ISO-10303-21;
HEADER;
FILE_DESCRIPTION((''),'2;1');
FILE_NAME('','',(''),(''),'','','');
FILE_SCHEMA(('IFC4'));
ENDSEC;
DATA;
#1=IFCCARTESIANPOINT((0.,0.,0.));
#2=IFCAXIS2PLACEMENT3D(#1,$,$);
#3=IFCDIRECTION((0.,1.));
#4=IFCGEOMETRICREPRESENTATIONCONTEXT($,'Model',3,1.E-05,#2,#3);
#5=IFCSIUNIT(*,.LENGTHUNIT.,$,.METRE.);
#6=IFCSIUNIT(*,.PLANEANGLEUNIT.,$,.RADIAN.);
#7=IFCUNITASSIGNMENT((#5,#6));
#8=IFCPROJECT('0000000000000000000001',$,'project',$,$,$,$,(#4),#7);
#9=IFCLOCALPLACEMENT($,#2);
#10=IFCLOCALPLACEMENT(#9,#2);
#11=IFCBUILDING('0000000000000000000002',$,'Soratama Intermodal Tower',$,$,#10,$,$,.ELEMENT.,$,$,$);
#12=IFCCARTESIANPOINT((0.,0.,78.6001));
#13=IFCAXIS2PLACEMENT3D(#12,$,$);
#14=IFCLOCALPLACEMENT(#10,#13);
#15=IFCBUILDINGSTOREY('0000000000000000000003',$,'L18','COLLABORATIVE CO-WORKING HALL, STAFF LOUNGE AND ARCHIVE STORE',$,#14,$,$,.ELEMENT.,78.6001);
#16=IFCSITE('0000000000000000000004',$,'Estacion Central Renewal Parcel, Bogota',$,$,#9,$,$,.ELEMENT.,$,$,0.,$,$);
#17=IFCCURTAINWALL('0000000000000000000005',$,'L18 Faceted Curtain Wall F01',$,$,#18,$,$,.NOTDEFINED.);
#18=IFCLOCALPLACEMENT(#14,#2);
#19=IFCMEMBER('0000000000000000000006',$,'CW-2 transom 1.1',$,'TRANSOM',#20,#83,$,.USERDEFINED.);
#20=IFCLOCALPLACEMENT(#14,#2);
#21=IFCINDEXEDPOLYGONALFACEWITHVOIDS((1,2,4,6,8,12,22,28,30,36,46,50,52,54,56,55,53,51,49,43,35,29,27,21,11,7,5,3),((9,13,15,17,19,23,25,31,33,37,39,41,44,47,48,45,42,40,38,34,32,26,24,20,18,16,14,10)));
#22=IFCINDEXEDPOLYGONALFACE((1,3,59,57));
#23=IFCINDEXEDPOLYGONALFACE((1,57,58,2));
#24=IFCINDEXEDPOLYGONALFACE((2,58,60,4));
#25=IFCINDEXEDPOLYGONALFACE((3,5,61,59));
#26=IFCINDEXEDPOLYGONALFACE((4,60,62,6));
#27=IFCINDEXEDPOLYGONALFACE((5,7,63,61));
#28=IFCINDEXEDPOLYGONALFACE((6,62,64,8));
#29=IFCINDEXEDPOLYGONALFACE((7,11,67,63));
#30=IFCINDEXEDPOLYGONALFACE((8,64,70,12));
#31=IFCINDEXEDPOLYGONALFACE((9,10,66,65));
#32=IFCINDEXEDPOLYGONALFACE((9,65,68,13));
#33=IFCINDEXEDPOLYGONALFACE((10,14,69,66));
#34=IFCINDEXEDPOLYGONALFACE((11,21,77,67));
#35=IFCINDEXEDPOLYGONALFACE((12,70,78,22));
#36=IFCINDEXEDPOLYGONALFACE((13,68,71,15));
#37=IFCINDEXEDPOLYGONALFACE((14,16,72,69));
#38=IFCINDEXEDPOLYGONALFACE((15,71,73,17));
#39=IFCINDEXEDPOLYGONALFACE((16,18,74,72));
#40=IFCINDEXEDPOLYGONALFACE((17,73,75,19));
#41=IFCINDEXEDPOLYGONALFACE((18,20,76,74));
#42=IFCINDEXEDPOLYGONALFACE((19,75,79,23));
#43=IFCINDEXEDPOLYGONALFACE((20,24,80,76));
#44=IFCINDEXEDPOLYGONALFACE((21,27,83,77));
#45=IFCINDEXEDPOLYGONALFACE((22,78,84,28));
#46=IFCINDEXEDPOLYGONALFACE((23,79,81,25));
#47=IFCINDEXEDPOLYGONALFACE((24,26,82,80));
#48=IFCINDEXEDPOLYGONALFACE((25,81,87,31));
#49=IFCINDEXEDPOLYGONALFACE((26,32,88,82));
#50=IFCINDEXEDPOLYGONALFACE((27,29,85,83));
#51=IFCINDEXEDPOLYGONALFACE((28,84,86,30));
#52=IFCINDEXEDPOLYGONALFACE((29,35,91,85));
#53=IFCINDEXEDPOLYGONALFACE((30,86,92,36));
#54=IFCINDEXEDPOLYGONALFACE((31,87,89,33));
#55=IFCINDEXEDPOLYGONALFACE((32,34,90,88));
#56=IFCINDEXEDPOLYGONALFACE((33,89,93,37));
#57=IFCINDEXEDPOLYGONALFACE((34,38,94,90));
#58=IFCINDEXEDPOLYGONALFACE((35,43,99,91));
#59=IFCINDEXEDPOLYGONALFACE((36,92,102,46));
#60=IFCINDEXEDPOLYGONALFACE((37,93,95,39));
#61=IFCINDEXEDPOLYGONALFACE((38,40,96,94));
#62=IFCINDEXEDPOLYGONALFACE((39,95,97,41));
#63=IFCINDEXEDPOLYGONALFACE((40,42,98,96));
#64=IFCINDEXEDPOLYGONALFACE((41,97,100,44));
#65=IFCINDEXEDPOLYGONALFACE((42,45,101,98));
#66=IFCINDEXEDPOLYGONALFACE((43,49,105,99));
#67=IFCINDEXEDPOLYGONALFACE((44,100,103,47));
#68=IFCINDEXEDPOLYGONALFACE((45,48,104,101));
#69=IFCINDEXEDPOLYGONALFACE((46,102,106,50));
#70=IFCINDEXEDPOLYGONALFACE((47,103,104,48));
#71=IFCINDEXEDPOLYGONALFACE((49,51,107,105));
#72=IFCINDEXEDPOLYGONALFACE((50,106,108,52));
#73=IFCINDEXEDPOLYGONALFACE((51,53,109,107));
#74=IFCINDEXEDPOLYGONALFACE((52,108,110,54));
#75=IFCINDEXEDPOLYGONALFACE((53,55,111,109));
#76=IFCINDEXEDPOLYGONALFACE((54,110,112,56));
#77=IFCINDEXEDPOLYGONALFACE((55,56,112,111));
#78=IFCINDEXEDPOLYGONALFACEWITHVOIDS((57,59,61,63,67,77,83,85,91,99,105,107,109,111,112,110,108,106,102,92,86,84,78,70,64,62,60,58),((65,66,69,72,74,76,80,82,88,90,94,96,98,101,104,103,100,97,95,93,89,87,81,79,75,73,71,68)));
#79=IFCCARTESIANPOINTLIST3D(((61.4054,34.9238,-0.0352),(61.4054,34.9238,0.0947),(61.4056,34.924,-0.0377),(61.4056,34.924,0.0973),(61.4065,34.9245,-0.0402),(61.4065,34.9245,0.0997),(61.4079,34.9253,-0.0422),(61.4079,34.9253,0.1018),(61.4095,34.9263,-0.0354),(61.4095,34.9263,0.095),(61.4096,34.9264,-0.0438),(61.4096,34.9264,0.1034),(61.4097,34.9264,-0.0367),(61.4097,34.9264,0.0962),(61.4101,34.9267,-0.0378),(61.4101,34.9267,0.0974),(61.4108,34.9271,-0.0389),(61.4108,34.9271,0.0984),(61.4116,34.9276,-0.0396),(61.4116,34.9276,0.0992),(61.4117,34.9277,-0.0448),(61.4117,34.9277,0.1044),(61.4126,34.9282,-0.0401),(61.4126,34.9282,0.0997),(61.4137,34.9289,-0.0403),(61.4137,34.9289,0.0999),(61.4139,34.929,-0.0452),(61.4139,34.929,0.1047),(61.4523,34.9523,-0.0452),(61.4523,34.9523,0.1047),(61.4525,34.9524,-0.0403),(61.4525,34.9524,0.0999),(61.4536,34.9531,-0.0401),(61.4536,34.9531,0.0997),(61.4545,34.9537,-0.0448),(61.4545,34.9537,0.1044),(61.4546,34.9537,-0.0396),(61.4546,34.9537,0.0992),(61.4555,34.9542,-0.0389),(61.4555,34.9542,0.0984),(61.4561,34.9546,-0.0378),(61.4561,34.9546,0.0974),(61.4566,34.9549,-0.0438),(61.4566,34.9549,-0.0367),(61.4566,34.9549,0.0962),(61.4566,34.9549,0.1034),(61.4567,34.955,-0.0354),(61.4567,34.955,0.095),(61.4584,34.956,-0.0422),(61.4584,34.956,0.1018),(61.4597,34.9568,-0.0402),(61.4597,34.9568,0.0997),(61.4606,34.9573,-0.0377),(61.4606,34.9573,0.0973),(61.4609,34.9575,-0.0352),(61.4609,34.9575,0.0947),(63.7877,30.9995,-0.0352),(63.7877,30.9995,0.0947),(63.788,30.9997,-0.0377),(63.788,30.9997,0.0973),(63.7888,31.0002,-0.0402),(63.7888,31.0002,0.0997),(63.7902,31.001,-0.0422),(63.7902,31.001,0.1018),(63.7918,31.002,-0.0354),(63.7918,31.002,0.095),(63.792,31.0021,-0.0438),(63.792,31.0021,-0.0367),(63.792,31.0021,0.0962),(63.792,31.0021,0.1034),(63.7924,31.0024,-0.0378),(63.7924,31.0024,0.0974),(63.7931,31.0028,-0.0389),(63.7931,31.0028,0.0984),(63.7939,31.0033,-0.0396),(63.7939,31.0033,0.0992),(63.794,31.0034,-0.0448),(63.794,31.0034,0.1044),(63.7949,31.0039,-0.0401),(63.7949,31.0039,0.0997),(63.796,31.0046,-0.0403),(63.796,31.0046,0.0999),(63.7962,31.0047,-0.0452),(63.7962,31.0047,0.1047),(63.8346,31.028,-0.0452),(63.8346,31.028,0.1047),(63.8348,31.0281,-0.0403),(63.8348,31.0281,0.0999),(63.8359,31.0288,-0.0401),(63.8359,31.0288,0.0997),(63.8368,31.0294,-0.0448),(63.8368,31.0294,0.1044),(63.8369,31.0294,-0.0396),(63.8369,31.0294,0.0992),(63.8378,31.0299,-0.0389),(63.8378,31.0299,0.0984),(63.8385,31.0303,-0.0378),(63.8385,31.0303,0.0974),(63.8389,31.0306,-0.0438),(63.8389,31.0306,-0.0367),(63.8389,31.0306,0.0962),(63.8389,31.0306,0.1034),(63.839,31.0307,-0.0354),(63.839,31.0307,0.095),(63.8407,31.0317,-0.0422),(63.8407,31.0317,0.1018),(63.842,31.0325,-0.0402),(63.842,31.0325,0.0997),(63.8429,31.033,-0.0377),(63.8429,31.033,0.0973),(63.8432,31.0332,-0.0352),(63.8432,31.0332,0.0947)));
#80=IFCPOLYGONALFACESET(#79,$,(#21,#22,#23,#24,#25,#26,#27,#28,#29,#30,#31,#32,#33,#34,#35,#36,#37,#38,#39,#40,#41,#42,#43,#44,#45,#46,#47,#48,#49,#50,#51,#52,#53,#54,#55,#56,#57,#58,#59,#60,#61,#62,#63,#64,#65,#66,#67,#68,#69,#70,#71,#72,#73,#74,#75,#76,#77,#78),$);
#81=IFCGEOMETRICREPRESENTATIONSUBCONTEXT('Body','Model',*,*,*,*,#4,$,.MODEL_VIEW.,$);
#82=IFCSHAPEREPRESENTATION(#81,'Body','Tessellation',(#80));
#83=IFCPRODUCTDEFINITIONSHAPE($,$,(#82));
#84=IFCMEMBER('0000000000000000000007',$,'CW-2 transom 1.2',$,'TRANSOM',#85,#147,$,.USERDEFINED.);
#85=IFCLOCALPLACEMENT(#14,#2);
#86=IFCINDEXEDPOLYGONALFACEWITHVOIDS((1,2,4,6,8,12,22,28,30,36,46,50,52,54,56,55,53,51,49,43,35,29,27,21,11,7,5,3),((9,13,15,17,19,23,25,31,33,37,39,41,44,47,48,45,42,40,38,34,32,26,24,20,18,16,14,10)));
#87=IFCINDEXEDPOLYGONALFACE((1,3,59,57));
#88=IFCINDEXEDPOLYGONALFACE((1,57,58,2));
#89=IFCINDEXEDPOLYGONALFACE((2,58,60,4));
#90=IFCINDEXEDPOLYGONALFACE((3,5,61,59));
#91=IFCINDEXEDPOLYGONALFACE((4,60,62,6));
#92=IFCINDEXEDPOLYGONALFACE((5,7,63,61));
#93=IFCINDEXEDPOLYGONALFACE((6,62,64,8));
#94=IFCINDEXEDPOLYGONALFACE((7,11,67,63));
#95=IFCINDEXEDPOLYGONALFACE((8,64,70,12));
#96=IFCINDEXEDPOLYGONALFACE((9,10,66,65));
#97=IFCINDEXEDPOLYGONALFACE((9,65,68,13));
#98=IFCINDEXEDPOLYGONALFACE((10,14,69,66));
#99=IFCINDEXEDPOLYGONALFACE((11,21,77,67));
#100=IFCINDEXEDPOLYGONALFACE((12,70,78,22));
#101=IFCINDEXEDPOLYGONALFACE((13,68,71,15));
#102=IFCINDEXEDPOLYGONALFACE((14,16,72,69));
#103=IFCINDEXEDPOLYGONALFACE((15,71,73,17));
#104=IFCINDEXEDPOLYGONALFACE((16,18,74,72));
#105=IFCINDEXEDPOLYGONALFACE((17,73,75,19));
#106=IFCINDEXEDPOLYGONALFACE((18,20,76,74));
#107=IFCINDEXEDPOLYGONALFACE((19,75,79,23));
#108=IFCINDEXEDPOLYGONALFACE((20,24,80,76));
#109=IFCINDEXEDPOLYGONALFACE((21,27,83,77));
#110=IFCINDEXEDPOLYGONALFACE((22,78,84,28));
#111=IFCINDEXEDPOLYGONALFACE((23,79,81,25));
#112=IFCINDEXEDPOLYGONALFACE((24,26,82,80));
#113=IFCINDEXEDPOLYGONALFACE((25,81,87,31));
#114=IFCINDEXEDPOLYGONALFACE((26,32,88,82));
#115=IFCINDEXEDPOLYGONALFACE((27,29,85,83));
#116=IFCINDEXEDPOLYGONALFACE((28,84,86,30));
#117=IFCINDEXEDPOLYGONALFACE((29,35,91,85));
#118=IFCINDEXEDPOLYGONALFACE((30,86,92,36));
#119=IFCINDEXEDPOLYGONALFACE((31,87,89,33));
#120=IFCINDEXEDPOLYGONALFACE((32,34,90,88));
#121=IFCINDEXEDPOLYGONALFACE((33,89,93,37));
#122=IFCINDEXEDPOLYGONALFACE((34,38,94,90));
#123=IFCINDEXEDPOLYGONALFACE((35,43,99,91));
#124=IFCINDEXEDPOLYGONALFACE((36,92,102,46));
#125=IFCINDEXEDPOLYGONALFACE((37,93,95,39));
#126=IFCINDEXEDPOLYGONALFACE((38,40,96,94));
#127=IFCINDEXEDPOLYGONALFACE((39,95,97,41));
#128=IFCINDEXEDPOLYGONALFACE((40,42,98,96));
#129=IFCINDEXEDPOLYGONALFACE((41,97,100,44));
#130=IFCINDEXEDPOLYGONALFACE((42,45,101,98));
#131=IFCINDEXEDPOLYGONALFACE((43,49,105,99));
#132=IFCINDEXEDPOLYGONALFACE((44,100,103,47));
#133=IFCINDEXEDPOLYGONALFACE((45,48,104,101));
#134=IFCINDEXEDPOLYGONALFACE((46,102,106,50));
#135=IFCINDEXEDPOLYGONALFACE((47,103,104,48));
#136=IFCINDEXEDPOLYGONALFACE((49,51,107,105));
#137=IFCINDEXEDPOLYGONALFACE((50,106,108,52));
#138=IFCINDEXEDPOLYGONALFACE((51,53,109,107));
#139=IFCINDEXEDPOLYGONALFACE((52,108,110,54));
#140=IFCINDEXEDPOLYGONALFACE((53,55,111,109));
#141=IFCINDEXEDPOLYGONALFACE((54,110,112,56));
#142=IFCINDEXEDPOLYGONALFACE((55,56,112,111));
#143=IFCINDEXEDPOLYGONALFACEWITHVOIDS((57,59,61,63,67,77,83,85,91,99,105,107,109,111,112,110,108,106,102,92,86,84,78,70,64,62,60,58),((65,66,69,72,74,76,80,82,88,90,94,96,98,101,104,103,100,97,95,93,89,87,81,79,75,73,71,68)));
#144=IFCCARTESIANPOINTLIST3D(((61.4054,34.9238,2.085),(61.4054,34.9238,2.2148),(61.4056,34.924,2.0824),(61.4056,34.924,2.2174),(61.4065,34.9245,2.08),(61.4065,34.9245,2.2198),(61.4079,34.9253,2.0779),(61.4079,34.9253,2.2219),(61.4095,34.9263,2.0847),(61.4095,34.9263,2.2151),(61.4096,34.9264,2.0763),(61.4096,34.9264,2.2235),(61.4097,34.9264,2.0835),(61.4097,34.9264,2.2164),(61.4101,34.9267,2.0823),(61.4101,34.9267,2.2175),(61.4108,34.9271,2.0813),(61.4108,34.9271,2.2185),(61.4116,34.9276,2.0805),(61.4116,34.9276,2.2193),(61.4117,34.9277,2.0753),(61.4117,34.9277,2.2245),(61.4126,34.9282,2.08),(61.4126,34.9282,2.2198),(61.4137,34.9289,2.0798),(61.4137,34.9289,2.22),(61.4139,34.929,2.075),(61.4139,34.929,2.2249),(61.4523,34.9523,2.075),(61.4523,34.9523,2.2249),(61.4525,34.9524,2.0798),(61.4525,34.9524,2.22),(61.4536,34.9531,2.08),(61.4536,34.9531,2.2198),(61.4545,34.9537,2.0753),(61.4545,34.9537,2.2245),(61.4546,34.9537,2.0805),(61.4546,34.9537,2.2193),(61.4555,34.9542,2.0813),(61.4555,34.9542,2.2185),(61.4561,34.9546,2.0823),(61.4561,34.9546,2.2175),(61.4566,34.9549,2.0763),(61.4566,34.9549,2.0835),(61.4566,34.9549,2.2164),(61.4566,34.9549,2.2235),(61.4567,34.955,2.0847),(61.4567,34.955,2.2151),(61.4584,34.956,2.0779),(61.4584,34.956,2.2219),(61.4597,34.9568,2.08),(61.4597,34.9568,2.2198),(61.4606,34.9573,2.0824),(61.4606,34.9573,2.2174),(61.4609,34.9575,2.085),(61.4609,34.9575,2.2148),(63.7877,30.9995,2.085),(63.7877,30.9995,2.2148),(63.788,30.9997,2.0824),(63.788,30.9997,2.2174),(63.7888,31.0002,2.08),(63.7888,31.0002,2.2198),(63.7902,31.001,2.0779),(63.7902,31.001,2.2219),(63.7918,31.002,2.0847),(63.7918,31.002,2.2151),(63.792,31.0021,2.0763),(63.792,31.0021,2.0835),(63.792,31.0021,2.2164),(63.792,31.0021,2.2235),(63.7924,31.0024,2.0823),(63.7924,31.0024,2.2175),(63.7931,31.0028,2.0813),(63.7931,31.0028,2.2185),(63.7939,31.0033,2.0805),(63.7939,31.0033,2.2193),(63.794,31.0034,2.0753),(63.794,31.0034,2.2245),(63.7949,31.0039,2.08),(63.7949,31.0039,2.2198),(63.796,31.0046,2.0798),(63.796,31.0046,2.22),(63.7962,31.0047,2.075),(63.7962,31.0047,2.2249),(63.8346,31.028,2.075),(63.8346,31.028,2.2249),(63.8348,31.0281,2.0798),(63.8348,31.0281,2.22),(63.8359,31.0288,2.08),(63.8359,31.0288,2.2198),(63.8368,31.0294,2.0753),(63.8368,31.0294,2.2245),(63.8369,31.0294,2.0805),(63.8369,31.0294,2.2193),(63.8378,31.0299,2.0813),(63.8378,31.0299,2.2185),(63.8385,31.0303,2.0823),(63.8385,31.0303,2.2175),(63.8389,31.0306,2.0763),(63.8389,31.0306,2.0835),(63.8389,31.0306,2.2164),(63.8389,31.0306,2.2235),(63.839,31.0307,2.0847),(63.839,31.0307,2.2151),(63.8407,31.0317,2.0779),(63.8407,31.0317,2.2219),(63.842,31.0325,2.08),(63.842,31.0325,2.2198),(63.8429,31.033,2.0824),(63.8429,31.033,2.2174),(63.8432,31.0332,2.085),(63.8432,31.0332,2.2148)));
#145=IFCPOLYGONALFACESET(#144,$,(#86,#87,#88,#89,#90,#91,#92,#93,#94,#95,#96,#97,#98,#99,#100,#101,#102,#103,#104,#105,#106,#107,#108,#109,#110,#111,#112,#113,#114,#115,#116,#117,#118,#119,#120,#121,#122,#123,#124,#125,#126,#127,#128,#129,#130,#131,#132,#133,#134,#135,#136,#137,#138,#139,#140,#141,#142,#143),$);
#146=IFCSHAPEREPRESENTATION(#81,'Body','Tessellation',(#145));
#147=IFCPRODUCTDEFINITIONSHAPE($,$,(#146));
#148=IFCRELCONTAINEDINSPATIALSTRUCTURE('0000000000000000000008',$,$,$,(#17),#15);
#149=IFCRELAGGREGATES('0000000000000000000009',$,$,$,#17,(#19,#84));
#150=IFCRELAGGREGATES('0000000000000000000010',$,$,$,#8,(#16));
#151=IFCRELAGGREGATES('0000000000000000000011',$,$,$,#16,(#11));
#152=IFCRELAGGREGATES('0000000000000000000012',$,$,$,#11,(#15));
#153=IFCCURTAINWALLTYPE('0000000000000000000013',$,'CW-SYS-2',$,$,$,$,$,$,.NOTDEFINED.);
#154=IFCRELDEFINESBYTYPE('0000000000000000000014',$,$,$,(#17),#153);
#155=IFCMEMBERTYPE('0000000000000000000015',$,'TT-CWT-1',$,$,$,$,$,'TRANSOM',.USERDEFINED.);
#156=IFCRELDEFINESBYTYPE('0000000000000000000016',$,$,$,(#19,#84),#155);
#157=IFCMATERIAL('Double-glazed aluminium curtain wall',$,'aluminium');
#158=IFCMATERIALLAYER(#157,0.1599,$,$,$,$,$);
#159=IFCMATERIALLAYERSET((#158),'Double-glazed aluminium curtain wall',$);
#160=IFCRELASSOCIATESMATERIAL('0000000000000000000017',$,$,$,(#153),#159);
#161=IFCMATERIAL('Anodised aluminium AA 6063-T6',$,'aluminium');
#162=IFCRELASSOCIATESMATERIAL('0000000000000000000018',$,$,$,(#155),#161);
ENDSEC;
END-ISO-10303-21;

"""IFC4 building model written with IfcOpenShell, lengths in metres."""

from ifc_helpers import new_model, si_unit, direction, frame, origin, origin_2d, place, context, subcontext, project, spatial, hollow_rectangle, extrude, material, layer, layer_set, material_profile, profile_set, type_object, element, aggregate, save


model = new_model("IFC4")

# Units and contexts
model_context = context("Model", 3, precision=1e-05, world=origin(), true_north=direction((0.0, 1.0)))
body_context = subcontext(model_context, "Body", "Model", "MODEL_VIEW")
ifc_project = project(units=[si_unit("LENGTHUNIT", "METRE"), si_unit("PLANEANGLEUNIT", "RADIAN")], contexts=[model_context])

# Site, building, storey
site_placement = place(None, origin())
site = spatial("IfcSite", under=ifc_project, at=site_placement, Name="Estacion Central Renewal Parcel, Bogota", CompositionType="ELEMENT", RefElevation=0.0)
building_placement = place(site_placement, origin())
building = spatial("IfcBuilding", under=site, at=building_placement, Name="Soratama Intermodal Tower", CompositionType="ELEMENT")
storey_placement = place(building_placement, frame((0.0, 0.0, 78.6001)))
storey = spatial("IfcBuildingStorey", under=building, at=storey_placement, Name="L18", Description="COLLABORATIVE CO-WORKING HALL, STAFF LOUNGE AND ARCHIVE STORE", CompositionType="ELEMENT", Elevation=78.6001)

# Curtain wall, members
ifc_material_1 = material(Name="Double-glazed aluminium curtain wall", Category="aluminium")
ifc_layer_1 = layer(ifc_material_1, 0.1599)
ifc_layer_set_1 = layer_set([ifc_layer_1], Name="Double-glazed aluminium curtain wall")
curtain_wall_type = type_object("IfcCurtainWallType", Name="CW-SYS-2", PredefinedType="NOTDEFINED", material=ifc_layer_set_1)
curtain_wall_placement = place(storey_placement, origin())
curtain_wall = element("IfcCurtainWall", 1, at=curtain_wall_placement, inside=storey, type_object=curtain_wall_type, Name="L18 Faceted Curtain Wall F01", PredefinedType="NOTDEFINED")
ifc_material_2 = material(Name="Anodised aluminium AA 6063-T6", Category="aluminium")
ifc_material_profile_1 = material_profile(ifc_material_2, hollow_rectangle(XDim=0.0649, YDim=0.1499, WallThickness=0.0049, InnerFilletRadius=0.0049, OuterFilletRadius=0.01, at=origin_2d()), Name="CWT150X65X5")
ifc_profile_set_1 = profile_set([ifc_material_profile_1], Name="Anodised aluminium AA 6063-T6")
member_type_1 = type_object("IfcMemberType", Name="TT-CWT-1", ElementType="TRANSOM", PredefinedType="USERDEFINED", material=ifc_profile_set_1)
member_1_placement = place(storey_placement, frame((63.8154, 31.0164, 0.0298), z_axis=(-0.518931, 0.854816, 0.0), x_axis=(-0.854816, -0.518931, 0.0)))
member_1 = element("IfcMember", 2, at=member_1_placement, type_object=member_type_1, Name="CW-2 transom 1.1", ObjectType="TRANSOM", PredefinedType="USERDEFINED", context=body_context, shape_type="SweptSolid", body=[
    extrude(hollow_rectangle(XDim=0.0649, YDim=0.1499, WallThickness=0.0049, InnerFilletRadius=0.0049, OuterFilletRadius=0.01, at=origin_2d()), origin(), (0.0, 0.0, 1.0), 4.5908),
])
member_2_placement = place(storey_placement, frame((63.8154, 31.0164, 2.1499), z_axis=(-0.518931, 0.854816, 0.0), x_axis=(-0.854816, -0.518931, 0.0)))
member_2 = element("IfcMember", 3, at=member_2_placement, type_object=member_type_1, Name="CW-2 transom 1.2", ObjectType="TRANSOM", PredefinedType="USERDEFINED", context=body_context, shape_type="SweptSolid", body=[
    extrude(hollow_rectangle(XDim=0.0649, YDim=0.1499, WallThickness=0.0049, InnerFilletRadius=0.0049, OuterFilletRadius=0.01, at=origin_2d()), origin(), (0.0, 0.0, 1.0), 4.5908),
])
aggregate(curtain_wall, [member_1, member_2])

save(model, "model.ifc")
